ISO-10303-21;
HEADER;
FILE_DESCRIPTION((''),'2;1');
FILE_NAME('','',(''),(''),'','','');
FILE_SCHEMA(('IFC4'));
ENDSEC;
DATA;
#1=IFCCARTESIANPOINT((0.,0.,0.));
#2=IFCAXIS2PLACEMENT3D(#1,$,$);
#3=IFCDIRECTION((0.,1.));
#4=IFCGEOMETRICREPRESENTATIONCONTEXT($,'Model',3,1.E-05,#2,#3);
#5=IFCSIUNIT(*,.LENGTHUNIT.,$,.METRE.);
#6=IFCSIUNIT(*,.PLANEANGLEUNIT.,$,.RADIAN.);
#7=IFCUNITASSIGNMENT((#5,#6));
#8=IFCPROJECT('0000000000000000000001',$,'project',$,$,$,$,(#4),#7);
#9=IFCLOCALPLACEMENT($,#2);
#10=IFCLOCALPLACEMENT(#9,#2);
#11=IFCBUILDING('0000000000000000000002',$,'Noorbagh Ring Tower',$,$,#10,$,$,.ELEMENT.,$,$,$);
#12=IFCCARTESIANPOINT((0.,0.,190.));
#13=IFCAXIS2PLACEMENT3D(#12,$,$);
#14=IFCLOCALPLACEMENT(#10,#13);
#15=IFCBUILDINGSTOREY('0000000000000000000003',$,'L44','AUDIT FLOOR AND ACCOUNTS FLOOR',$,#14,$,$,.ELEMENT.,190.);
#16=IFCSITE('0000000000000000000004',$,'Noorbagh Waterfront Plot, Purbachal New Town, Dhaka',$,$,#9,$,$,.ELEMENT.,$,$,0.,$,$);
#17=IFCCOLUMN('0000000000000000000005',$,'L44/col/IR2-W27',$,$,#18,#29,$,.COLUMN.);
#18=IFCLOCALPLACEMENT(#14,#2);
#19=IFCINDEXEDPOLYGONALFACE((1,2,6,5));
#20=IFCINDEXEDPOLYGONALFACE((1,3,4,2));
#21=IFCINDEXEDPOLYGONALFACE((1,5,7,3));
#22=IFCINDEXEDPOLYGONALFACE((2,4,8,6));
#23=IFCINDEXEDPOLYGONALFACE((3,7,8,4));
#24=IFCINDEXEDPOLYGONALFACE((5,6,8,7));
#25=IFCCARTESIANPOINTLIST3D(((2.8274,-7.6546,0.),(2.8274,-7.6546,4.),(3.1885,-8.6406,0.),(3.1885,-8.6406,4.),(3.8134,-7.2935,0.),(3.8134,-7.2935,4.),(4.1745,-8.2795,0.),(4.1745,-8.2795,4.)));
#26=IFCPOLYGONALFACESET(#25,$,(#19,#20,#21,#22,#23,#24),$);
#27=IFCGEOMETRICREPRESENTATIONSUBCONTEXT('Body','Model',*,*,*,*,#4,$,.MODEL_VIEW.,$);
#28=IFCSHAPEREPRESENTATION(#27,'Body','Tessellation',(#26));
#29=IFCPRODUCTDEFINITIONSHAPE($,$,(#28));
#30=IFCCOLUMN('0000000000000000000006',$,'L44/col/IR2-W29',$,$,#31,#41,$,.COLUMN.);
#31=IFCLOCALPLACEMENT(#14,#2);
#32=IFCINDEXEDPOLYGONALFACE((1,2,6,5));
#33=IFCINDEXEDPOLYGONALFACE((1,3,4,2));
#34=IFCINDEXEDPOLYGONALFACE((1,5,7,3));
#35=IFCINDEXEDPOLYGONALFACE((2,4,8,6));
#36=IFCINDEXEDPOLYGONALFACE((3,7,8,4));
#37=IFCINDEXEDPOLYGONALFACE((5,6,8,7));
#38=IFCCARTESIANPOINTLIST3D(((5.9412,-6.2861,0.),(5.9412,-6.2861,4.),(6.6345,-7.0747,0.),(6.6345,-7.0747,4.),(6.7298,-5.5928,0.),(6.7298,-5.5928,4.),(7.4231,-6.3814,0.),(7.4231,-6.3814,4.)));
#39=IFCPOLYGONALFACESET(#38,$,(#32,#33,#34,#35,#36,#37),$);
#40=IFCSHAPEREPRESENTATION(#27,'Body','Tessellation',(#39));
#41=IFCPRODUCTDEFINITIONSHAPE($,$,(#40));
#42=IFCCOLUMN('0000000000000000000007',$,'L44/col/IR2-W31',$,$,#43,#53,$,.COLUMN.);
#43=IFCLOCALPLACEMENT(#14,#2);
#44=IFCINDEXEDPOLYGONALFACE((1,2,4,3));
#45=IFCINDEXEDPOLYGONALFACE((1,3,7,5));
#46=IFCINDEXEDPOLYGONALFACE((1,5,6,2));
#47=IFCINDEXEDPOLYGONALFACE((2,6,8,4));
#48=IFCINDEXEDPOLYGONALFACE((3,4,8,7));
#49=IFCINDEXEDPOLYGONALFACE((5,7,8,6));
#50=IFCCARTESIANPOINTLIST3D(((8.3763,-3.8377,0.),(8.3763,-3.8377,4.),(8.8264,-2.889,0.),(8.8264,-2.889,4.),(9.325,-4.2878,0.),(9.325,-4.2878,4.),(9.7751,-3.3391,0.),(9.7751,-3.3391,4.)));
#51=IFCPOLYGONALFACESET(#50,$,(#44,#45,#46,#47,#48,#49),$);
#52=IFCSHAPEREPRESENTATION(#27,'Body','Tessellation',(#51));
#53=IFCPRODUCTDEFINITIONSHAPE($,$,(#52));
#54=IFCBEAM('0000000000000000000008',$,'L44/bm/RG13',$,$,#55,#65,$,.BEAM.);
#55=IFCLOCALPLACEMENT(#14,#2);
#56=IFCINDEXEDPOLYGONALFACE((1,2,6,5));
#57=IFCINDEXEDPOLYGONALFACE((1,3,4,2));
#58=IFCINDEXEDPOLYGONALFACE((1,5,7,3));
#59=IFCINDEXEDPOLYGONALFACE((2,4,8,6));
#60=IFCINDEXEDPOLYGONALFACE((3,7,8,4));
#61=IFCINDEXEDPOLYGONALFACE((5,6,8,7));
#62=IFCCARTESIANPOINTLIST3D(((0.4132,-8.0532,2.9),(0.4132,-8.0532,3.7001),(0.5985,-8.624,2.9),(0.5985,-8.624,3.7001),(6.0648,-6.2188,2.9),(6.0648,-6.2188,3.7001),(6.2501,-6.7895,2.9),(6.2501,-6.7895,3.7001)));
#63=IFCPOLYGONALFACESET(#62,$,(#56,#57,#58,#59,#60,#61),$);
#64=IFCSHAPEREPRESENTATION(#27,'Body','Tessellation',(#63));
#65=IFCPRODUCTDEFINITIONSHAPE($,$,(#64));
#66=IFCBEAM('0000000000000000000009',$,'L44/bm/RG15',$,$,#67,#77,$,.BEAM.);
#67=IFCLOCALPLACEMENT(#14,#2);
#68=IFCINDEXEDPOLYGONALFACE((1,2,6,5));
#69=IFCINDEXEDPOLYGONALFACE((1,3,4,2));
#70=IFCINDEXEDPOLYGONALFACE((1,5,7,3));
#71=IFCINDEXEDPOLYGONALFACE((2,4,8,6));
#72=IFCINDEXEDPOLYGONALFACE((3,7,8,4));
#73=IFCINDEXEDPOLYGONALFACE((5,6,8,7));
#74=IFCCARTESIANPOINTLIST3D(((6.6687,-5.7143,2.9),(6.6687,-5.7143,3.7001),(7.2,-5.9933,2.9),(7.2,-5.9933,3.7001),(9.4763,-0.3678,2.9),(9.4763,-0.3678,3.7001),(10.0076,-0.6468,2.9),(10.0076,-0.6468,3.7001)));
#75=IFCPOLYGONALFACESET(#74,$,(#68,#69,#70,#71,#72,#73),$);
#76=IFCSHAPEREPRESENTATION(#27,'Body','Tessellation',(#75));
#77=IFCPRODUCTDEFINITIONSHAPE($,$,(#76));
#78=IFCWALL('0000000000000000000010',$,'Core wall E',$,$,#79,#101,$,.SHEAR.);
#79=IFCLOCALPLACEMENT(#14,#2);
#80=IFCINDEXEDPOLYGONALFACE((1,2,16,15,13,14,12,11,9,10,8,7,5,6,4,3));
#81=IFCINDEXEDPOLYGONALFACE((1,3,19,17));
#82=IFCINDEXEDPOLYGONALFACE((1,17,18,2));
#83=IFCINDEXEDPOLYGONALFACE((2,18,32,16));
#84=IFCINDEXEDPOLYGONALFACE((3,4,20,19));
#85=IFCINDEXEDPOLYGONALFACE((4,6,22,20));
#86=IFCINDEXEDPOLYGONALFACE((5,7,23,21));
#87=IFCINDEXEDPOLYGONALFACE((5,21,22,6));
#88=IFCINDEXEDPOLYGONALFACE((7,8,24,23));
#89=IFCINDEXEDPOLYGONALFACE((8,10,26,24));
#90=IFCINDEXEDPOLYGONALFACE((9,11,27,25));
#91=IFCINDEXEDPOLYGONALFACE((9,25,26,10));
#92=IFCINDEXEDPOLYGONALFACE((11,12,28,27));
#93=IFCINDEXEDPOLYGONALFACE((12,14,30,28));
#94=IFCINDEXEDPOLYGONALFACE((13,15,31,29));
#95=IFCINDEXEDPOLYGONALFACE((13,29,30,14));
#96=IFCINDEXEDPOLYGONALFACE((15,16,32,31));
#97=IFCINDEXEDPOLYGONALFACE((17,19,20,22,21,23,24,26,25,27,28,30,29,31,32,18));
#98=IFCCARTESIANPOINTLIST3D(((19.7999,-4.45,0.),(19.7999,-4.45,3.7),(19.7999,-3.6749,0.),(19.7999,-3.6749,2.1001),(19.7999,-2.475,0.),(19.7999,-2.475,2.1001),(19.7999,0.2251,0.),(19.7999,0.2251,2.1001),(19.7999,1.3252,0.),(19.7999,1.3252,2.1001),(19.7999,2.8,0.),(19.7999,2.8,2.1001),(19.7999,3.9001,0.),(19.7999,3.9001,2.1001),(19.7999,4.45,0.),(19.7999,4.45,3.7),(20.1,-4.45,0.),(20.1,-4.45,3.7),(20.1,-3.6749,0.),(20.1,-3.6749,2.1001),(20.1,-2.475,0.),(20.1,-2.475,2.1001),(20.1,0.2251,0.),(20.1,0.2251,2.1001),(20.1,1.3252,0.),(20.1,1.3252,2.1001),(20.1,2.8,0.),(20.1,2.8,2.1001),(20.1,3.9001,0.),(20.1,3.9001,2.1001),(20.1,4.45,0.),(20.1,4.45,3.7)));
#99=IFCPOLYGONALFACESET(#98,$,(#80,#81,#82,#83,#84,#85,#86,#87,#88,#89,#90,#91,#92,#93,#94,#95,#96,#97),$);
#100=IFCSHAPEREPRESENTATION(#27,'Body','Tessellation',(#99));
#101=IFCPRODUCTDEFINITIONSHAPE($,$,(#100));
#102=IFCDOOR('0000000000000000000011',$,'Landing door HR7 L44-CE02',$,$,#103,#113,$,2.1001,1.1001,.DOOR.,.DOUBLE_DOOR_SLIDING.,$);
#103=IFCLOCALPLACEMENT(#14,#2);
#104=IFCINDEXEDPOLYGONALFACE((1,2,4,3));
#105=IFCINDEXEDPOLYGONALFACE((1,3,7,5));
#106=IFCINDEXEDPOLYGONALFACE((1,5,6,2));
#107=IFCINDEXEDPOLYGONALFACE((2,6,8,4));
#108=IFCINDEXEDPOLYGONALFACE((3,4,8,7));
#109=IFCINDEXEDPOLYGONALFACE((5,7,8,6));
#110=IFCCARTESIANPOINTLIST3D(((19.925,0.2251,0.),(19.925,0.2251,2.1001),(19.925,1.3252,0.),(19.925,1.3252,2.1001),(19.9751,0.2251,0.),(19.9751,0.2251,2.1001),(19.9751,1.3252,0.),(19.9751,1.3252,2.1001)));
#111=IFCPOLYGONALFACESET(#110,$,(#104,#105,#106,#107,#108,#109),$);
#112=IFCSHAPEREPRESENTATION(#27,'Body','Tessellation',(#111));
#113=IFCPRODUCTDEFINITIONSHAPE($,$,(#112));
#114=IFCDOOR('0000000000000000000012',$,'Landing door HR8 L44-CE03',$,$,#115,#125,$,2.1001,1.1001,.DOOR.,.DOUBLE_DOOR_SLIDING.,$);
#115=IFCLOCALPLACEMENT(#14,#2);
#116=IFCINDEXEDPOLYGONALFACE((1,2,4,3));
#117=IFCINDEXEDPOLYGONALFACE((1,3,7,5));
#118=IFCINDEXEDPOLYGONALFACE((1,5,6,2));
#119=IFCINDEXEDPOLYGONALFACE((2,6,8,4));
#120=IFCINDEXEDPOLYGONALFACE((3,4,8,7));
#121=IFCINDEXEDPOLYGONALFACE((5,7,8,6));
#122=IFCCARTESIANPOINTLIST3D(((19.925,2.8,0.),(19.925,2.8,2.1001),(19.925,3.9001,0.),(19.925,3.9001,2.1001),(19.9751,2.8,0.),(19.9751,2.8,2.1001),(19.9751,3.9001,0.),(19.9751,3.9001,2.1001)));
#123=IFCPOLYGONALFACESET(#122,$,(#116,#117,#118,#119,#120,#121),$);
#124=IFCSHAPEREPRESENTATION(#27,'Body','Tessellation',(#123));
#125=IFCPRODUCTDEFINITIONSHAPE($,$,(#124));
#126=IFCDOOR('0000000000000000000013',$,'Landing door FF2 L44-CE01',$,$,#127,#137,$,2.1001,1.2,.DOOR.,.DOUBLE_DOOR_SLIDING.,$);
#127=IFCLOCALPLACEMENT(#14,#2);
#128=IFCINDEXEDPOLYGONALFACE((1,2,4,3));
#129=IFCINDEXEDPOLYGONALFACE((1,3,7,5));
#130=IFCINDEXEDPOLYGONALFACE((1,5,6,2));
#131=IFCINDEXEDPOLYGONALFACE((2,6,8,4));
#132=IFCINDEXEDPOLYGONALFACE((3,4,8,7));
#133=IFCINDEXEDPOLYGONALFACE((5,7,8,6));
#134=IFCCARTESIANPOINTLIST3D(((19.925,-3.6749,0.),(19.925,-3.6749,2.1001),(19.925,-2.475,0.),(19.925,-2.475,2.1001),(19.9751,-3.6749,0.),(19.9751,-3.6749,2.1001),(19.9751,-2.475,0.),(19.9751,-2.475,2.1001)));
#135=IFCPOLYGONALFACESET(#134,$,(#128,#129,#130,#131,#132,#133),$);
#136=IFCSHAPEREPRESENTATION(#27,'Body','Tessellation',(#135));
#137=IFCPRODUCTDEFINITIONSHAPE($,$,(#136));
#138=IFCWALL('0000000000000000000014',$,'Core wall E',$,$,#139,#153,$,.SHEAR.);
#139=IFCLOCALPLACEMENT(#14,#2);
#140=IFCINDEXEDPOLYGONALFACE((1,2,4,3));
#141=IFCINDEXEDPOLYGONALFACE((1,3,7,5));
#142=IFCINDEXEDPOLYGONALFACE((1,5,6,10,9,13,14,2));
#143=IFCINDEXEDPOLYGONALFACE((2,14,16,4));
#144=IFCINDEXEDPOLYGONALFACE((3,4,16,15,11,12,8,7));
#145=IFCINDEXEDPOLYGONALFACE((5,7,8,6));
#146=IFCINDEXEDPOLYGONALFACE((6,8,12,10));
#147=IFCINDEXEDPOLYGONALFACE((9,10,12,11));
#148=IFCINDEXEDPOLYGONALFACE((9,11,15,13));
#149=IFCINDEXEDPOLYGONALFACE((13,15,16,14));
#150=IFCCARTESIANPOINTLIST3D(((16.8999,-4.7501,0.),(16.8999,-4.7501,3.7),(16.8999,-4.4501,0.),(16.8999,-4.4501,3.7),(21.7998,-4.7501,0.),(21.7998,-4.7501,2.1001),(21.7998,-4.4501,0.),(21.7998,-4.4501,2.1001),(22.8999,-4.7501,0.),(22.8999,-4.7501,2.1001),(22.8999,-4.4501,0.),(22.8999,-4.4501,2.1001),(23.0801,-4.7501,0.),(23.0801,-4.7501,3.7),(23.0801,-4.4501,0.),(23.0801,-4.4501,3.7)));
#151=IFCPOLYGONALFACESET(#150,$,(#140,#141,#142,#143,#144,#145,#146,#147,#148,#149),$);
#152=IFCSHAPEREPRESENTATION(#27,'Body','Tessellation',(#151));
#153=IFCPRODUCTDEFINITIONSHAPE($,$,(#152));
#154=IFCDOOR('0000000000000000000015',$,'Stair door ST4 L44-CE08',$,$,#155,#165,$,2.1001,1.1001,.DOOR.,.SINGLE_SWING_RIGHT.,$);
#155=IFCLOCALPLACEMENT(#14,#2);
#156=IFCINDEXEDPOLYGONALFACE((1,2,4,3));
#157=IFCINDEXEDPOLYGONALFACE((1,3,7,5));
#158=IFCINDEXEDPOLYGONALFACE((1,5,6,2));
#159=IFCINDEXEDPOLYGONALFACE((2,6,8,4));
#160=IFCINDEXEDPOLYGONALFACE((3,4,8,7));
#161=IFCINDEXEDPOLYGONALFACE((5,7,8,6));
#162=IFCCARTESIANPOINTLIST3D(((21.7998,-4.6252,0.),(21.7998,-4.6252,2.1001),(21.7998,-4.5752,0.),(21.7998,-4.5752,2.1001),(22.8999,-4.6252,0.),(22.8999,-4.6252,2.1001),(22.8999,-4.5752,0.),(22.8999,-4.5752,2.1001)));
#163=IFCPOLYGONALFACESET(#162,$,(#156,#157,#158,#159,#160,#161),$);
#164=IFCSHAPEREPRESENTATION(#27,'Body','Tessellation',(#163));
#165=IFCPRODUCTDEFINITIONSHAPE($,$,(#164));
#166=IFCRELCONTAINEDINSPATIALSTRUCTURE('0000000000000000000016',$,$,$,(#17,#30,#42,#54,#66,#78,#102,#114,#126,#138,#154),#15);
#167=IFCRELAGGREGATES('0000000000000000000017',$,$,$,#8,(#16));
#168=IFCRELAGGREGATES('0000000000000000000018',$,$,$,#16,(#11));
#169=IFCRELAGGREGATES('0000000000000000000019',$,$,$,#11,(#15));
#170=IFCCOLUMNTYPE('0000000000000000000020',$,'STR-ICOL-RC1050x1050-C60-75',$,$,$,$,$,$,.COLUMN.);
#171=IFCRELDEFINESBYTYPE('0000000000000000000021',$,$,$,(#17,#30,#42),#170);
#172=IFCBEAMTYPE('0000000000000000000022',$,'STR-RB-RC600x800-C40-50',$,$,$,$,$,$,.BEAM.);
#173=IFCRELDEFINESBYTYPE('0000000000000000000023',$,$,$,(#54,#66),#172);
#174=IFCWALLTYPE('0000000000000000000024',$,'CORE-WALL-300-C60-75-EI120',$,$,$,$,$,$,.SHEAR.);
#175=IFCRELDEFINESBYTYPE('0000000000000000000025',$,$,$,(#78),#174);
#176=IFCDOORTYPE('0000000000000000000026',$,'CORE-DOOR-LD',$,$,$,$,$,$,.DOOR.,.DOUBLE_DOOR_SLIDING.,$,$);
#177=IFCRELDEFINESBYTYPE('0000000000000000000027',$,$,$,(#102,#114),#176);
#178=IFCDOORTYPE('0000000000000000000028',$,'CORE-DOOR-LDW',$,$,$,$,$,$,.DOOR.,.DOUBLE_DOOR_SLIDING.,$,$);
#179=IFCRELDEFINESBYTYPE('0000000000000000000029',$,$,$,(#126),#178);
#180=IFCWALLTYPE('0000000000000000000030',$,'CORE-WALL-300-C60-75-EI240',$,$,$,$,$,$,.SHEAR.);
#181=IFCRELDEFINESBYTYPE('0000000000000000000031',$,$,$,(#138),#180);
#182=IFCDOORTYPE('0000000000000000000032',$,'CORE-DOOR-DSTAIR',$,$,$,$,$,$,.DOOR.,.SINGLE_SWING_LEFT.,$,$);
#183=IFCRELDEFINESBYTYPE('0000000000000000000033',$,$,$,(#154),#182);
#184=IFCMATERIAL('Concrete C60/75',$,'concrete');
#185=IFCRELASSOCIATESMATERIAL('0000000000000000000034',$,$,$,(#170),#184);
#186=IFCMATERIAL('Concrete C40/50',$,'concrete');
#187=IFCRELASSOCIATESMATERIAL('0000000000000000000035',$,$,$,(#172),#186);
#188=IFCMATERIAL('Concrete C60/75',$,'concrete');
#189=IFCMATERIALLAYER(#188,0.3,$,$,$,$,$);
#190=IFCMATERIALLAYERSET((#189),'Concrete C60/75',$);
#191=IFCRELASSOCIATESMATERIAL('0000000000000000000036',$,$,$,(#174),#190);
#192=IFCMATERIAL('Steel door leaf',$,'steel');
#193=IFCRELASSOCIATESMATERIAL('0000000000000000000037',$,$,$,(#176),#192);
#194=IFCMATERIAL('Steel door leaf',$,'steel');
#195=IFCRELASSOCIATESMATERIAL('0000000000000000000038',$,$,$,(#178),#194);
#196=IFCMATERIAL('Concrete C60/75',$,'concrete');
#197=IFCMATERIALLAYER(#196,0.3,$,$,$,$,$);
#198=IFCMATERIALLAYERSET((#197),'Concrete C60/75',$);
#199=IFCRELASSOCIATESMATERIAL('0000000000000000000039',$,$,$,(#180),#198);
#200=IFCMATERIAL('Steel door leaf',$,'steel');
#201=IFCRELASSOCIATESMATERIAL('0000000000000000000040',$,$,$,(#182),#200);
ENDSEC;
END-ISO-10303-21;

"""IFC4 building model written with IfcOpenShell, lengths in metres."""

from ifc_helpers import new_model, si_unit, direction, frame, frame_2d, origin, origin_2d, place, context, subcontext, project, spatial, rectangle, extrude, material, layer, layer_set, material_profile, profile_set, type_object, element, fill, save


model = new_model("IFC4")

# Units and contexts
model_context = context("Model", 3, precision=1e-05, world=origin(), true_north=direction((0.0, 1.0)))
body_context = subcontext(model_context, "Body", "Model", "MODEL_VIEW")
ifc_project = project(units=[si_unit("LENGTHUNIT", "METRE"), si_unit("PLANEANGLEUNIT", "RADIAN")], contexts=[model_context])

# Site, building, storey
site_placement = place(None, origin())
site = spatial("IfcSite", under=ifc_project, at=site_placement, Name="Noorbagh Waterfront Plot, Purbachal New Town, Dhaka", CompositionType="ELEMENT", RefElevation=0.0)
building_placement = place(site_placement, origin())
building = spatial("IfcBuilding", under=site, at=building_placement, Name="Noorbagh Ring Tower", CompositionType="ELEMENT")
storey_placement = place(building_placement, frame((0.0, 0.0, 190.0)))
storey = spatial("IfcBuildingStorey", under=building, at=storey_placement, Name="L44", Description="AUDIT FLOOR AND ACCOUNTS FLOOR", CompositionType="ELEMENT", Elevation=190.0)

# Columns
ifc_material_1 = material(Name="Concrete C60/75", Category="concrete")
ifc_material_profile_1 = material_profile(ifc_material_1, rectangle(XDim=1.05, YDim=1.05, at=origin_2d()), Name="RC1050x1050")
ifc_profile_set_1 = profile_set([ifc_material_profile_1], Name="Concrete C60/75")
column_type = type_object("IfcColumnType", Name="STR-ICOL-RC1050x1050-C60-75", PredefinedType="COLUMN", material=ifc_profile_set_1)
for number, where, z_axis, x_axis, name in (
    (1, (3.501, -7.967, 0.0), (0.0, 0.0, 1.0), (0.93902, 0.343864, 0.0), "L44/col/IR2-W27"),
    (2, (6.6821, -6.3337, 0.0), (0.0, 0.0, 1.0), (0.751022, 0.660277, 0.0), "L44/col/IR2-W29"),
    (3, (9.0757, -3.5884, 0.0), (0.0, 0.0, 1.0), (0.428667, 0.903463, 0.0), "L44/col/IR2-W31"),
):
    element("IfcColumn", number, at=place(storey_placement, frame(where, z_axis=z_axis, x_axis=x_axis)), inside=storey, type_object=column_type, Name=name, PredefinedType="COLUMN", context=body_context, shape_type="SweptSolid", body=[
        extrude(rectangle(XDim=1.05, YDim=1.05, at=origin_2d()), origin(), (0.0, 0.0, 1.0), 4.0),
    ])

# Beams
ifc_material_2 = material(Name="Concrete C40/50", Category="concrete")
ifc_material_profile_2 = material_profile(ifc_material_2, rectangle(XDim=0.6001, YDim=0.8, at=origin_2d()), Name="RC600x800")
ifc_profile_set_2 = profile_set([ifc_material_profile_2], Name="Concrete C40/50")
beam_type = type_object("IfcBeamType", Name="STR-RB-RC600x800-C40-50", PredefinedType="BEAM", material=ifc_profile_set_2)
beam_1_placement = place(storey_placement, frame((0.5059, -8.3386, 3.3), z_axis=(0.951148, 0.308736, 0.0), x_axis=(-0.308736, 0.951148, 0.0)))
element("IfcBeam", 4, at=beam_1_placement, inside=storey, type_object=beam_type, Name="L44/bm/RG13", PredefinedType="BEAM", context=body_context, shape_type="SweptSolid", body=[
    extrude(rectangle(XDim=0.6001, YDim=0.8, at=origin_2d()), origin(), (0.0, 0.0, 1.0), 5.9419),
])
beam_2_placement = place(storey_placement, frame((6.9343, -5.8538, 3.3), z_axis=(0.46493, 0.885348, 0.0), x_axis=(-0.885348, 0.46493, 0.0)))
element("IfcBeam", 5, at=beam_2_placement, inside=storey, type_object=beam_type, Name="L44/bm/RG15", PredefinedType="BEAM", context=body_context, shape_type="SweptSolid", body=[
    extrude(rectangle(XDim=0.6001, YDim=0.8, at=origin_2d()), origin(), (0.0, 0.0, 1.0), 6.0388),
])

# Wall, openings, doors
ifc_material_3 = material(Name="Concrete C60/75", Category="concrete")
ifc_layer_1 = layer(ifc_material_3, 0.3)
ifc_layer_set_1 = layer_set([ifc_layer_1], Name="Concrete C60/75")
wall_type_1 = type_object("IfcWallType", Name="CORE-WALL-300-C60-75-EI120", PredefinedType="SHEAR", material=ifc_layer_set_1)
wall_1_placement = place(storey_placement, frame((19.95, -4.45, 0.0), z_axis=(0.0, 0.0, 1.0), x_axis=(0.0, 1.0, 0.0)))
wall_1 = element("IfcWall", 6, at=wall_1_placement, inside=storey, type_object=wall_type_1, Name="Core wall E", PredefinedType="SHEAR", context=body_context, shape_type="SweptSolid", body=[
    extrude(rectangle(XDim=8.8999, YDim=0.3, at=frame_2d((4.45, 0.0))), origin(), (0.0, 0.0, 1.0), 3.7),
])
opening_1_placement = place(wall_1_placement, frame((0.7749, 0.0, 0.0)))
opening_1 = element("IfcOpeningElement", 7, at=opening_1_placement, cuts=wall_1, PredefinedType="OPENING", context=body_context, shape_type="SweptSolid", body=[
    extrude(rectangle(XDim=1.2, YDim=2.1001, at=frame_2d((0.6001, 1.05))), frame((0.0, 0.1602, 0.0), z_axis=(0.0, -1.0, 0.0), x_axis=(1.0, 0.0, 0.0)), (0.0, 0.0, 1.0), 0.3201),
])
opening_2_placement = place(wall_1_placement, frame((4.675, 0.0, 0.0)))
opening_2 = element("IfcOpeningElement", 8, at=opening_2_placement, cuts=wall_1, PredefinedType="OPENING", context=body_context, shape_type="SweptSolid", body=[
    extrude(rectangle(XDim=1.1001, YDim=2.1001, at=frame_2d((0.55, 1.05))), frame((0.0, 0.1602, 0.0), z_axis=(0.0, -1.0, 0.0), x_axis=(1.0, 0.0, 0.0)), (0.0, 0.0, 1.0), 0.3201),
])
opening_3_placement = place(wall_1_placement, frame((7.25, 0.0, 0.0)))
opening_3 = element("IfcOpeningElement", 9, at=opening_3_placement, cuts=wall_1, PredefinedType="OPENING", context=body_context, shape_type="SweptSolid", body=[
    extrude(rectangle(XDim=1.1001, YDim=2.1001, at=frame_2d((0.55, 1.05))), frame((0.0, 0.1602, 0.0), z_axis=(0.0, -1.0, 0.0), x_axis=(1.0, 0.0, 0.0)), (0.0, 0.0, 1.0), 0.3201),
])
ifc_material_4 = material(Name="Steel door leaf", Category="steel")
door_type_1 = type_object("IfcDoorType", Name="CORE-DOOR-LD", OperationType="DOUBLE_DOOR_SLIDING", PredefinedType="DOOR", material=ifc_material_4)
door_1_placement = place(opening_2_placement, origin())
door_1 = element("IfcDoor", 10, at=door_1_placement, inside=storey, type_object=door_type_1, Name="Landing door HR7 L44-CE02", OperationType="DOUBLE_DOOR_SLIDING", OverallHeight=2.1001, OverallWidth=1.1001, PredefinedType="DOOR", context=body_context, shape_type="SweptSolid", body=[
    extrude(rectangle(XDim=1.1001, YDim=2.1001, at=frame_2d((0.55, 1.05))), frame((0.0, 0.0249, 0.0), z_axis=(0.0, -1.0, 0.0), x_axis=(1.0, 0.0, 0.0)), (0.0, 0.0, 1.0), 0.05),
])
fill(opening_2, door_1)
door_2_placement = place(opening_3_placement, origin())
door_2 = element("IfcDoor", 11, at=door_2_placement, inside=storey, type_object=door_type_1, Name="Landing door HR8 L44-CE03", OperationType="DOUBLE_DOOR_SLIDING", OverallHeight=2.1001, OverallWidth=1.1001, PredefinedType="DOOR", context=body_context, shape_type="SweptSolid", body=[
    extrude(rectangle(XDim=1.1001, YDim=2.1001, at=frame_2d((0.55, 1.05))), frame((0.0, 0.0249, 0.0), z_axis=(0.0, -1.0, 0.0), x_axis=(1.0, 0.0, 0.0)), (0.0, 0.0, 1.0), 0.05),
])
fill(opening_3, door_2)
ifc_material_5 = material(Name="Steel door leaf", Category="steel")
door_type_2 = type_object("IfcDoorType", Name="CORE-DOOR-LDW", OperationType="DOUBLE_DOOR_SLIDING", PredefinedType="DOOR", material=ifc_material_5)
door_3_placement = place(opening_1_placement, origin())
door_3 = element("IfcDoor", 12, at=door_3_placement, inside=storey, type_object=door_type_2, Name="Landing door FF2 L44-CE01", OperationType="DOUBLE_DOOR_SLIDING", OverallHeight=2.1001, OverallWidth=1.2, PredefinedType="DOOR", context=body_context, shape_type="SweptSolid", body=[
    extrude(rectangle(XDim=1.2, YDim=2.1001, at=frame_2d((0.6001, 1.05))), frame((0.0, 0.0249, 0.0), z_axis=(0.0, -1.0, 0.0), x_axis=(1.0, 0.0, 0.0)), (0.0, 0.0, 1.0), 0.05),
])
fill(opening_1, door_3)

# Wall, opening, door
ifc_material_6 = material(Name="Concrete C60/75", Category="concrete")
ifc_layer_2 = layer(ifc_material_6, 0.3)
ifc_layer_set_2 = layer_set([ifc_layer_2], Name="Concrete C60/75")
wall_type_2 = type_object("IfcWallType", Name="CORE-WALL-300-C60-75-EI240", PredefinedType="SHEAR", material=ifc_layer_set_2)
wall_2_placement = place(storey_placement, frame((16.8999, -4.6001, 0.0), z_axis=(0.0, 0.0, 1.0), x_axis=(1.0, 0.0, 0.0)))
wall_2 = element("IfcWall", 13, at=wall_2_placement, inside=storey, type_object=wall_type_2, Name="Core wall E", PredefinedType="SHEAR", context=body_context, shape_type="SweptSolid", body=[
    extrude(rectangle(XDim=6.1802, YDim=0.3, at=frame_2d((3.0901, 0.0))), origin(), (0.0, 0.0, 1.0), 3.7),
])
opening_4_placement = place(wall_2_placement, frame((4.8999, 0.0, 0.0)))
opening_4 = element("IfcOpeningElement", 14, at=opening_4_placement, cuts=wall_2, PredefinedType="OPENING", context=body_context, shape_type="SweptSolid", body=[
    extrude(rectangle(XDim=1.1001, YDim=2.1001, at=frame_2d((0.55, 1.05))), frame((0.0, 0.1602, 0.0), z_axis=(0.0, -1.0, 0.0), x_axis=(1.0, 0.0, 0.0)), (0.0, 0.0, 1.0), 0.3201),
])
ifc_material_7 = material(Name="Steel door leaf", Category="steel")
door_type_3 = type_object("IfcDoorType", Name="CORE-DOOR-DSTAIR", OperationType="SINGLE_SWING_LEFT", PredefinedType="DOOR", material=ifc_material_7)
door_4_placement = place(opening_4_placement, origin())
door_4 = element("IfcDoor", 15, at=door_4_placement, inside=storey, type_object=door_type_3, Name="Stair door ST4 L44-CE08", OperationType="SINGLE_SWING_RIGHT", OverallHeight=2.1001, OverallWidth=1.1001, PredefinedType="DOOR", context=body_context, shape_type="SweptSolid", body=[
    extrude(rectangle(XDim=1.1001, YDim=2.1001, at=frame_2d((0.55, 1.05))), frame((0.0, 0.0249, 0.0), z_axis=(0.0, -1.0, 0.0), x_axis=(1.0, 0.0, 0.0)), (0.0, 0.0, 1.0), 0.05),
])
fill(opening_4, door_4)

save(model, "model.ifc")
